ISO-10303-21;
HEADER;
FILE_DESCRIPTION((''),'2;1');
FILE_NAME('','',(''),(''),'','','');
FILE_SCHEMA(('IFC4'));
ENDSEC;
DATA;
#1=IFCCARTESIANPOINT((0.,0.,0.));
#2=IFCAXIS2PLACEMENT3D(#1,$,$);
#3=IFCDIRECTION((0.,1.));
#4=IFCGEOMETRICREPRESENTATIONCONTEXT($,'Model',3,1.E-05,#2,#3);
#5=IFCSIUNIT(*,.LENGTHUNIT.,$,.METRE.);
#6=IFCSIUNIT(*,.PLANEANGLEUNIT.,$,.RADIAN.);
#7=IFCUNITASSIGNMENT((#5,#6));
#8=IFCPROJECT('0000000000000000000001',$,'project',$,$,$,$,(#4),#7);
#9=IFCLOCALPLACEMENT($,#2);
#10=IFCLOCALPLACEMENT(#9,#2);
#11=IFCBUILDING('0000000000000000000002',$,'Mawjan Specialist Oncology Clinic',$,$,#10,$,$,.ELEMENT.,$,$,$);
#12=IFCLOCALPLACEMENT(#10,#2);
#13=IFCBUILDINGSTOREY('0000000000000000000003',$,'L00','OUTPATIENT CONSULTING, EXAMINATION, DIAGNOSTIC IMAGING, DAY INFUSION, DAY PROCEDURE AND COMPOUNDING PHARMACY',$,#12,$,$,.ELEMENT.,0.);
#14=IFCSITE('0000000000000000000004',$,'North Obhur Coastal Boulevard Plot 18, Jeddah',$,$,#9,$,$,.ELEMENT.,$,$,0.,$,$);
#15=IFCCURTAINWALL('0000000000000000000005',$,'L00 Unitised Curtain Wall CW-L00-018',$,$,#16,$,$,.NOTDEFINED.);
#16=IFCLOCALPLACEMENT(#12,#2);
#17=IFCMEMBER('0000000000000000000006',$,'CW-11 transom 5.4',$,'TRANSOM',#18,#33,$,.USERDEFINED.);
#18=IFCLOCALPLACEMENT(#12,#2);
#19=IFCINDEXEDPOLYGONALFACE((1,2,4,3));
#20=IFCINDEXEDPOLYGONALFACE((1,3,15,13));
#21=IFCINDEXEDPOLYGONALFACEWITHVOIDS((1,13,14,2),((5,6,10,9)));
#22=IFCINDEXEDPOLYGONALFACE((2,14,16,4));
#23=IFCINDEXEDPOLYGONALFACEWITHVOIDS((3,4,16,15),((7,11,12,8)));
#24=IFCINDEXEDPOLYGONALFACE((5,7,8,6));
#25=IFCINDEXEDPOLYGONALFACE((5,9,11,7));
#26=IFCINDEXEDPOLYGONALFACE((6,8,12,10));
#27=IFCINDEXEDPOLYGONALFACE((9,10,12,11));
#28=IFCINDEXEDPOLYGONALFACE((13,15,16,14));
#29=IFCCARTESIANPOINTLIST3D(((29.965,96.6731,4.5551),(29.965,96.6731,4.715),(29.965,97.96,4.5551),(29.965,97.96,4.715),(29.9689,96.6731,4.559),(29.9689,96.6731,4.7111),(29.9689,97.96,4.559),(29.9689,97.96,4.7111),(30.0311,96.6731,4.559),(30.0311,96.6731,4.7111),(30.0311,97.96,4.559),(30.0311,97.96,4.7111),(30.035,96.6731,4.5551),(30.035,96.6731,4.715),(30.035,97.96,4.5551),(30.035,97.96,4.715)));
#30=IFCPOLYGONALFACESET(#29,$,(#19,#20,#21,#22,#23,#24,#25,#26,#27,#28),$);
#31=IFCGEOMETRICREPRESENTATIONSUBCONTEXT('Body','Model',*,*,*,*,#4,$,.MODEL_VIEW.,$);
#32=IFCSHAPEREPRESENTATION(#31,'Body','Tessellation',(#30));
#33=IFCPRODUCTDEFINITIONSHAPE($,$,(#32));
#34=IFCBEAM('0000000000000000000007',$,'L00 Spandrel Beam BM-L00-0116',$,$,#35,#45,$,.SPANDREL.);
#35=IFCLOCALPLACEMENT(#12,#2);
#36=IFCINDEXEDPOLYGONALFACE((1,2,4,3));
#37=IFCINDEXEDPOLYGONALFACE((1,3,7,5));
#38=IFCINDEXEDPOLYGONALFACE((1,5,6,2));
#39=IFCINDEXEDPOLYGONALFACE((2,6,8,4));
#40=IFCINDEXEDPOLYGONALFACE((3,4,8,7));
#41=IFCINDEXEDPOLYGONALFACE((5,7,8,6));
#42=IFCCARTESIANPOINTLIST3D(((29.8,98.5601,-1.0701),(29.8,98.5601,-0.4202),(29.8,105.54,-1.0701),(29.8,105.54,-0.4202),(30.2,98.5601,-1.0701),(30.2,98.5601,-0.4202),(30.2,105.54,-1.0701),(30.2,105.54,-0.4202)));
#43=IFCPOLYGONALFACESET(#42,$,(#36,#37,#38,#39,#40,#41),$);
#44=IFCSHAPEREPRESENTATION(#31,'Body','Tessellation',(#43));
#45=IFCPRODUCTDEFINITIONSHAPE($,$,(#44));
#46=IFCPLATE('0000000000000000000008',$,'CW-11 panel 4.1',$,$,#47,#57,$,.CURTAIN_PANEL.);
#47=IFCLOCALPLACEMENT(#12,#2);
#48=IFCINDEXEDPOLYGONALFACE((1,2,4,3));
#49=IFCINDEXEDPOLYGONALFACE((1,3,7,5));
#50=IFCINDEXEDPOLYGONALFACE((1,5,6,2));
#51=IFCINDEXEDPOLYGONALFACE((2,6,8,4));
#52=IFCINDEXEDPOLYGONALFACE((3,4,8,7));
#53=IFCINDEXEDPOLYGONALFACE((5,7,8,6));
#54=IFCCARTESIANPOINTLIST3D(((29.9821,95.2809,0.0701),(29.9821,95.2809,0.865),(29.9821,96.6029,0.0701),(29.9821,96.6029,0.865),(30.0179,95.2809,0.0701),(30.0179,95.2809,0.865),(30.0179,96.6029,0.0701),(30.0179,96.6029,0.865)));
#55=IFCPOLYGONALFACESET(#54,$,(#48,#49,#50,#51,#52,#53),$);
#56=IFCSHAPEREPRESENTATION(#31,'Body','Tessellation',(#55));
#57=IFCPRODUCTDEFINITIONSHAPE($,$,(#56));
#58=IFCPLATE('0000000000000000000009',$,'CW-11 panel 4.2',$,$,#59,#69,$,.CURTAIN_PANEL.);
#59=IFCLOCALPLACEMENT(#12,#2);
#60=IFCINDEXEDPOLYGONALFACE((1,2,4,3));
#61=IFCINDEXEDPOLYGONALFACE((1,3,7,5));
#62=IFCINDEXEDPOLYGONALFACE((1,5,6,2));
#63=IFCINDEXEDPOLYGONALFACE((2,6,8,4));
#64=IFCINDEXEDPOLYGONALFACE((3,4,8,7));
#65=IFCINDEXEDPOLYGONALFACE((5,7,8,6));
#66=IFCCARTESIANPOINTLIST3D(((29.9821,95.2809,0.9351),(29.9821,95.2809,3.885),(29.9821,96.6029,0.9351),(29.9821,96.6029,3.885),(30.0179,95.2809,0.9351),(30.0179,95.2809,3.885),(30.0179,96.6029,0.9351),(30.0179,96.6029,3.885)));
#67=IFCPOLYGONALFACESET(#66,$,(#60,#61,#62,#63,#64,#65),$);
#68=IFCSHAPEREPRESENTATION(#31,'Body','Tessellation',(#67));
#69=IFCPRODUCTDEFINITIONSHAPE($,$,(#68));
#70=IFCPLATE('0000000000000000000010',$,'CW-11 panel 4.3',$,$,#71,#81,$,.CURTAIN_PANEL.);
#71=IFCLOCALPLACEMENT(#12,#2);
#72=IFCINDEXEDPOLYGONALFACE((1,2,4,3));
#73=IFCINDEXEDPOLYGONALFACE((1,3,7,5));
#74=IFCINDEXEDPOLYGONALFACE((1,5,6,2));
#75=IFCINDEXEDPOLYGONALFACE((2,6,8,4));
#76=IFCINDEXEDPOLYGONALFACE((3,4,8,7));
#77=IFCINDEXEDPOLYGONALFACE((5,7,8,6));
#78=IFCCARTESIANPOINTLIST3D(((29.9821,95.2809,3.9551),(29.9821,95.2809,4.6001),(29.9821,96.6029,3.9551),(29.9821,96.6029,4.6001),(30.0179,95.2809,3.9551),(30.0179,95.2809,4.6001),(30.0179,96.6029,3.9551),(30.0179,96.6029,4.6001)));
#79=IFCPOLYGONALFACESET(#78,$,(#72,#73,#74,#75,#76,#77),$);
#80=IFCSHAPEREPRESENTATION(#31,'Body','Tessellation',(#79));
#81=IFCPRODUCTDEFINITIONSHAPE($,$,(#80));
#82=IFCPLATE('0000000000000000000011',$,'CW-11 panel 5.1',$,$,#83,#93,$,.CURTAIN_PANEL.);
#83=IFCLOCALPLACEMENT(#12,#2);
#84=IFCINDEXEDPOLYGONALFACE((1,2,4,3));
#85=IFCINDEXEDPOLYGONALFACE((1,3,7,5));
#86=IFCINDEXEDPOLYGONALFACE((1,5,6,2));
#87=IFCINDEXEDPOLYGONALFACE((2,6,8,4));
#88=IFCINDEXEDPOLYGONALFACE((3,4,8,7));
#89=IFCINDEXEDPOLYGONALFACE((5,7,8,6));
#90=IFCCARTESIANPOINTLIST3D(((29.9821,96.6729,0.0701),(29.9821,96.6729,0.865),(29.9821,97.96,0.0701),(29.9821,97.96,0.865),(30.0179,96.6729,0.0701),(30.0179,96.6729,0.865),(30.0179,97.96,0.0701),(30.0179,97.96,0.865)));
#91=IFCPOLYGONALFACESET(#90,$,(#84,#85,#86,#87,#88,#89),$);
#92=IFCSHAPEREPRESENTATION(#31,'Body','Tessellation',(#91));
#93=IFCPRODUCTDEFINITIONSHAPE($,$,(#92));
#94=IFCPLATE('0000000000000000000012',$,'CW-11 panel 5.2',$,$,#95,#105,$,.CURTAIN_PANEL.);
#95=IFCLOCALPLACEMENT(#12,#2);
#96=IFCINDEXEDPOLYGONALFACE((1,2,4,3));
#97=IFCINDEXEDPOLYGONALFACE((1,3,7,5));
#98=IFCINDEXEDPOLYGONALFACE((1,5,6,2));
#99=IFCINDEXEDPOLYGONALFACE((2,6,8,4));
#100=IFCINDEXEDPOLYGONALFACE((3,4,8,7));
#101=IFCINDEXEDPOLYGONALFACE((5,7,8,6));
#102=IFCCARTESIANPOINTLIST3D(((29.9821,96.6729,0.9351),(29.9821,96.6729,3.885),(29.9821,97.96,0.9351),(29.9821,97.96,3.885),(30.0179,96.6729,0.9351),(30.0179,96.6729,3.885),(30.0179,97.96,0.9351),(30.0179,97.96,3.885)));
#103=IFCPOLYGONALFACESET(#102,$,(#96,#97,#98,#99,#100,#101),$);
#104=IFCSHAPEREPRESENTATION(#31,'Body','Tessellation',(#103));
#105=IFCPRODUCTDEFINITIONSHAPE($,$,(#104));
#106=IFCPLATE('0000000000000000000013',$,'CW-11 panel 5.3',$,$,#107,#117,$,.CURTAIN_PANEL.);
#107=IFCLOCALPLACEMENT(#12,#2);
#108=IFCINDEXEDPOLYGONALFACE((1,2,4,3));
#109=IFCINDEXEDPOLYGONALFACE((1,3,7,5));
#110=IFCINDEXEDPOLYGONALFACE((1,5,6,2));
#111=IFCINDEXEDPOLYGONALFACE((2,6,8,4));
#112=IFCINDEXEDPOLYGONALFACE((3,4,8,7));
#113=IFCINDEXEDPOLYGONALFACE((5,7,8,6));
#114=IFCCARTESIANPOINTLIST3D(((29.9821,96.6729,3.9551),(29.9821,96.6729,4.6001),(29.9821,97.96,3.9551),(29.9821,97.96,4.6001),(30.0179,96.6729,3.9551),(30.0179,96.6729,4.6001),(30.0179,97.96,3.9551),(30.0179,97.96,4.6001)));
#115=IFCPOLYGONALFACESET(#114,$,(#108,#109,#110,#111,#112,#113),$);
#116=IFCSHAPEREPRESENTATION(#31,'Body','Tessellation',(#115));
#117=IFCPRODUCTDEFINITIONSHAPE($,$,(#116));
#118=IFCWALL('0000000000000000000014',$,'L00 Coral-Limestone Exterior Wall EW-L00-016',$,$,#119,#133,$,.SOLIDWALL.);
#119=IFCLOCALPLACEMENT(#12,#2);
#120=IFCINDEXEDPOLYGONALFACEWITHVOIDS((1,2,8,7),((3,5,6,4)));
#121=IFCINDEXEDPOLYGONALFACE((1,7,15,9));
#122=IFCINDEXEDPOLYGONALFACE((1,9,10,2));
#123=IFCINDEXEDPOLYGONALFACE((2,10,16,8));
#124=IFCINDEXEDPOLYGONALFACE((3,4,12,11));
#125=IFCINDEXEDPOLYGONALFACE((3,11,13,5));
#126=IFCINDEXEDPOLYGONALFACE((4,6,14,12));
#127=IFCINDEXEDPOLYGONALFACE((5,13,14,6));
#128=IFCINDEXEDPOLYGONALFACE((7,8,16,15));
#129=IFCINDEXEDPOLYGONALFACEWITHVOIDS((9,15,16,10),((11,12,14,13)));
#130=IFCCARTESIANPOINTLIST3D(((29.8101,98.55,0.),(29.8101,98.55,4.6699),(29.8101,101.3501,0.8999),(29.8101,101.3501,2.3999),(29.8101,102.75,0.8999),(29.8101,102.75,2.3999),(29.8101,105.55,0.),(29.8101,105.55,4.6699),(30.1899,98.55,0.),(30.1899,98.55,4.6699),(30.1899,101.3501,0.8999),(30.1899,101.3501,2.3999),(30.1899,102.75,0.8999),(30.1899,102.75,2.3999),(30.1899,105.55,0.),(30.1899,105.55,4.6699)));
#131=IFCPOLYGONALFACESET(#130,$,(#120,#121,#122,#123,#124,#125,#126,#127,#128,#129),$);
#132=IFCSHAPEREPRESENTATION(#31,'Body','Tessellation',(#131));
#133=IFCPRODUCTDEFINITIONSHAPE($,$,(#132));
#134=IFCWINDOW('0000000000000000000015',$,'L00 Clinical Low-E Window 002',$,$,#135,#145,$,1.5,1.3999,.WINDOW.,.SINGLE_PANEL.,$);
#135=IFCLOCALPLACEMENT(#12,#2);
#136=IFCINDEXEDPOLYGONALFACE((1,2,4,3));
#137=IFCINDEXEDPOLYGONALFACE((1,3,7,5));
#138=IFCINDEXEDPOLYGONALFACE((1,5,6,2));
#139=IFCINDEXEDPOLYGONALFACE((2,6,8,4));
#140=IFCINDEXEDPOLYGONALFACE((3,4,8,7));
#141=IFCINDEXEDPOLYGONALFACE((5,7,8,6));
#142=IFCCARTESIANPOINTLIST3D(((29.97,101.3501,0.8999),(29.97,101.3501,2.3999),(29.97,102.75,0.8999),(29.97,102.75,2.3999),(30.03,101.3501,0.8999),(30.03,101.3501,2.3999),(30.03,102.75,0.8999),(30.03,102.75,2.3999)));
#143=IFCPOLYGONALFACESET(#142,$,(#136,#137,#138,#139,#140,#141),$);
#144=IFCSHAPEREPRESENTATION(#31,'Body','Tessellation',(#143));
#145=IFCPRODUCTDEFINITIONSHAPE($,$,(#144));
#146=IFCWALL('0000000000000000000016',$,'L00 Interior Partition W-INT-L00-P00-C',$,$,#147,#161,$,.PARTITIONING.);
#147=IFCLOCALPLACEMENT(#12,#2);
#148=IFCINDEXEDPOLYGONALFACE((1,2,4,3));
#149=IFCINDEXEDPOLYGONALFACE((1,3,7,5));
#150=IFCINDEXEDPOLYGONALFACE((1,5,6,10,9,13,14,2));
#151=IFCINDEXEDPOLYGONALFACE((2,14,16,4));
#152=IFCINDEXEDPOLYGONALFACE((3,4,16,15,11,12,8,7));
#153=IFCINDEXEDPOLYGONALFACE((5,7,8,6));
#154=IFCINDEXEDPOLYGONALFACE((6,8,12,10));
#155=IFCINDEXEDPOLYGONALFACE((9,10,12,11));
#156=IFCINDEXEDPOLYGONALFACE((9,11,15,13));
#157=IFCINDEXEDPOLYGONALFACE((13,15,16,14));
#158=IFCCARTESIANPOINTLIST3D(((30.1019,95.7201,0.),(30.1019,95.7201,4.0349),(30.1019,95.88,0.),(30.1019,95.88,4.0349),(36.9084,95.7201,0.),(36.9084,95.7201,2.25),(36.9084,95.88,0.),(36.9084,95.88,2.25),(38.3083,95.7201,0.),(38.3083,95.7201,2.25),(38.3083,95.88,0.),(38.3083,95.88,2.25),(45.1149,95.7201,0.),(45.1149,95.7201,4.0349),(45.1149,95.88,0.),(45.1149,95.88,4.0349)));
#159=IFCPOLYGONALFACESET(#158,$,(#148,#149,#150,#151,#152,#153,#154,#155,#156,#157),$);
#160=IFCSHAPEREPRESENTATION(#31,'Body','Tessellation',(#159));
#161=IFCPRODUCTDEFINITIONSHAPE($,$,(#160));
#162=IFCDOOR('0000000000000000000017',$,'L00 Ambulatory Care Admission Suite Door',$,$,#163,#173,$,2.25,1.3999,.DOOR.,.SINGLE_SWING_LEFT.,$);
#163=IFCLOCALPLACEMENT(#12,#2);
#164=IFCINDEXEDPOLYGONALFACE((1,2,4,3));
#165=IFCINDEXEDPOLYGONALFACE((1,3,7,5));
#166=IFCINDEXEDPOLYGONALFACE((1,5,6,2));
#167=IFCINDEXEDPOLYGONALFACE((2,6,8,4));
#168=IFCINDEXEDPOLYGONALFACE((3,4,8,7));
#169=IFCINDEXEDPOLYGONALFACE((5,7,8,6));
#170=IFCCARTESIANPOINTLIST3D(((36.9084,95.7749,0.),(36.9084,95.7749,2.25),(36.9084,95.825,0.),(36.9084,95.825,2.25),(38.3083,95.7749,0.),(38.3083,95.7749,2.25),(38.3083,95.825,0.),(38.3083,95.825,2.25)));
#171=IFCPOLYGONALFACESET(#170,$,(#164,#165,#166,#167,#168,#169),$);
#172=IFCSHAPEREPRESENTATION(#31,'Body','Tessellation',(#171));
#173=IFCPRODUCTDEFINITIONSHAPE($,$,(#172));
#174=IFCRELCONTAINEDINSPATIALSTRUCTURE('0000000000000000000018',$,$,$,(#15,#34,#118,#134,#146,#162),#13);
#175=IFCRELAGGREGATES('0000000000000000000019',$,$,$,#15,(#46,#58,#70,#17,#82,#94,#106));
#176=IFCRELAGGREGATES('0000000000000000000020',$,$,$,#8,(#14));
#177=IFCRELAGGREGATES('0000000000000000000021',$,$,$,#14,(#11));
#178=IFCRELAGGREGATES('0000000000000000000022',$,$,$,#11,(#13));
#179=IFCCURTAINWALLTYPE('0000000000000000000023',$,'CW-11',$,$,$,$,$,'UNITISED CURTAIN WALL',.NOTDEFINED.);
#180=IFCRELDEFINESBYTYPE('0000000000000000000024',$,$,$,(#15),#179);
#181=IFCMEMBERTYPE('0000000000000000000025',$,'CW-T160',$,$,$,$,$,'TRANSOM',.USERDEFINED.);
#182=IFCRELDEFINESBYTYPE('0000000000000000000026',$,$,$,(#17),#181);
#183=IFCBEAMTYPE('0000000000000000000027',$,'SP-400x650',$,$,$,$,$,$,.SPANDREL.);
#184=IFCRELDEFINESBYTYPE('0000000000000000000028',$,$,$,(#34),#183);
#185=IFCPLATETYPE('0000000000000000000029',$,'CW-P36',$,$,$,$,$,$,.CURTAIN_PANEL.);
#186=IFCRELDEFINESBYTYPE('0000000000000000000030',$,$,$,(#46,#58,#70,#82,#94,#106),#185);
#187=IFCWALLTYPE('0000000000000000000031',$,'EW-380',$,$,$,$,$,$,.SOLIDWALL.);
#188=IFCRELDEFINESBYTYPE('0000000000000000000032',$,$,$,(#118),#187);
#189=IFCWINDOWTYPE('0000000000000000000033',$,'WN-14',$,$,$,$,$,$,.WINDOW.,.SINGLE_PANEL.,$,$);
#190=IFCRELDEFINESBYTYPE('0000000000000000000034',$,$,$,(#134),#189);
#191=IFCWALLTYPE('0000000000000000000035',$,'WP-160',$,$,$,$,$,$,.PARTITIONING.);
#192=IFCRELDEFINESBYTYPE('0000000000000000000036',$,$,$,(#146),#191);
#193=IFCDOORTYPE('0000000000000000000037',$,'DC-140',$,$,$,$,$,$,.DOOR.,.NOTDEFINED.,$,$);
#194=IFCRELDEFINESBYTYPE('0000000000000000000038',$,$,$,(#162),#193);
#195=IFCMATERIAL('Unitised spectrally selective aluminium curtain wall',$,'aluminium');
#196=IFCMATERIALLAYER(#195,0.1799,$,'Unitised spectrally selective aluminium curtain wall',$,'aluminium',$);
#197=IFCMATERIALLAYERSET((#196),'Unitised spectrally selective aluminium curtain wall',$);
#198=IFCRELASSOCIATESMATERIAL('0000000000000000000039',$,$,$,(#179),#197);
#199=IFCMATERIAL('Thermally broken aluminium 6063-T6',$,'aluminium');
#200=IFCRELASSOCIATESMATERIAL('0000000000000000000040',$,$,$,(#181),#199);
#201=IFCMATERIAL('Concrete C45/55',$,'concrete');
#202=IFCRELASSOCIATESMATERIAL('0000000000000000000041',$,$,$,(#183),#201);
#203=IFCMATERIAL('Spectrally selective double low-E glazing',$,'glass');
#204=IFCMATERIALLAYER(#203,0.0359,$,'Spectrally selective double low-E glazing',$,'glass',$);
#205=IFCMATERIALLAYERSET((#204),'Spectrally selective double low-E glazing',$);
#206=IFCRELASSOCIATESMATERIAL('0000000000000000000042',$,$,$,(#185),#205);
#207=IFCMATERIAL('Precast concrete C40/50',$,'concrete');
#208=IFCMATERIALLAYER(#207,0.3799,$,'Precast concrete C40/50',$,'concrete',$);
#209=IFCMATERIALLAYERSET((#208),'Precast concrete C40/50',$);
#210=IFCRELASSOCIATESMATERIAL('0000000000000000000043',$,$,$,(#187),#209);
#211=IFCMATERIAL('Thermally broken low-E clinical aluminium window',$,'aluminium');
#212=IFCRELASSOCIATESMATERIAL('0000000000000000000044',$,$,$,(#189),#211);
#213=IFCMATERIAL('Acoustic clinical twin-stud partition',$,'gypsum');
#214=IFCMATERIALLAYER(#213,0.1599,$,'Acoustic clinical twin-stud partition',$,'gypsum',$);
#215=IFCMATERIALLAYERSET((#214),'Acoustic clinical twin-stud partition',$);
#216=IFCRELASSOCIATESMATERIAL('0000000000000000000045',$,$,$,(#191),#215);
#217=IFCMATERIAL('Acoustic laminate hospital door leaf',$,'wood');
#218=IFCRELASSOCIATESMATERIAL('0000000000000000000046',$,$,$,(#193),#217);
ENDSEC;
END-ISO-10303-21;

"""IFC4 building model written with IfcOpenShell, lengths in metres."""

from ifc_helpers import new_model, si_unit, direction, frame, frame_2d, origin, origin_2d, place, context, subcontext, project, spatial, rectangle, hollow_rectangle, extrude, material, layer, layer_set, material_profile, profile_set, type_object, element, fill, aggregate, save


model = new_model("IFC4")

# Units and contexts
model_context = context("Model", 3, precision=1e-05, world=origin(), true_north=direction((0.0, 1.0)))
body_context = subcontext(model_context, "Body", "Model", "MODEL_VIEW")
ifc_project = project(units=[si_unit("LENGTHUNIT", "METRE"), si_unit("PLANEANGLEUNIT", "RADIAN")], contexts=[model_context])

# Site, building, storey
site_placement = place(None, origin())
site = spatial("IfcSite", under=ifc_project, at=site_placement, Name="North Obhur Coastal Boulevard Plot 18, Jeddah", CompositionType="ELEMENT", RefElevation=0.0)
building_placement = place(site_placement, origin())
building = spatial("IfcBuilding", under=site, at=building_placement, Name="Mawjan Specialist Oncology Clinic", CompositionType="ELEMENT")
storey_placement = place(building_placement, origin())
storey = spatial("IfcBuildingStorey", under=building, at=storey_placement, Name="L00", Description="OUTPATIENT CONSULTING, EXAMINATION, DIAGNOSTIC IMAGING, DAY INFUSION, DAY PROCEDURE AND COMPOUNDING PHARMACY", CompositionType="ELEMENT", Elevation=0.0)

# Curtain wall, member
ifc_material_1 = material(Name="Unitised spectrally selective aluminium curtain wall", Category="aluminium")
ifc_layer_1 = layer(ifc_material_1, 0.1799, Name="Unitised spectrally selective aluminium curtain wall", Category="aluminium")
ifc_layer_set_1 = layer_set([ifc_layer_1], Name="Unitised spectrally selective aluminium curtain wall")
curtain_wall_type = type_object("IfcCurtainWallType", Name="CW-11", ElementType="UNITISED CURTAIN WALL", PredefinedType="NOTDEFINED", material=ifc_layer_set_1)
curtain_wall_placement = place(storey_placement, origin())
curtain_wall = element("IfcCurtainWall", 1, at=curtain_wall_placement, inside=storey, type_object=curtain_wall_type, Name="L00 Unitised Curtain Wall CW-L00-018", PredefinedType="NOTDEFINED")
ifc_material_2 = material(Name="Thermally broken aluminium 6063-T6", Category="aluminium")
ifc_material_profile_1 = material_profile(ifc_material_2, hollow_rectangle(XDim=0.0701, YDim=0.1599, WallThickness=0.0039, at=origin_2d()), Name="ALU TRANSOM 160x70x4", Category="aluminium")
ifc_profile_set_1 = profile_set([ifc_material_profile_1], Name="Thermally broken aluminium 6063-T6")
member_type_1 = type_object("IfcMemberType", Name="CW-T160", ElementType="TRANSOM", PredefinedType="USERDEFINED", material=ifc_profile_set_1)
member_1_placement = place(storey_placement, frame((30.0, 96.6731, 4.635), z_axis=(0.0, 1.0, 0.0), x_axis=(-1.0, 0.0, 0.0)))
member_1 = element("IfcMember", 2, at=member_1_placement, type_object=member_type_1, Name="CW-11 transom 5.4", ObjectType="TRANSOM", PredefinedType="USERDEFINED", context=body_context, shape_type="SweptSolid", body=[
    extrude(hollow_rectangle(XDim=0.0701, YDim=0.1599, WallThickness=0.0039, at=origin_2d()), origin(), (0.0, 0.0, 1.0), 1.2869),
])

# Beam
ifc_material_3 = material(Name="Concrete C45/55", Category="concrete")
ifc_material_profile_2 = material_profile(ifc_material_3, rectangle(XDim=0.3999, YDim=0.6499, at=origin_2d()), Name="RC BM 400x650", Category="concrete")
ifc_profile_set_2 = profile_set([ifc_material_profile_2], Name="Concrete C45/55")
beam_type_1 = type_object("IfcBeamType", Name="SP-400x650", PredefinedType="SPANDREL", material=ifc_profile_set_2)
beam_placement = place(storey_placement, frame((30.0, 98.5601, -0.7451), z_axis=(0.0, 1.0, 0.0), x_axis=(-1.0, 0.0, 0.0)))
element("IfcBeam", 3, at=beam_placement, inside=storey, type_object=beam_type_1, Name="L00 Spandrel Beam BM-L00-0116", PredefinedType="SPANDREL", context=body_context, shape_type="SweptSolid", body=[
    extrude(rectangle(XDim=0.3999, YDim=0.6499, at=origin_2d()), origin(), (0.0, 0.0, 1.0), 6.98),
])

# Plates
ifc_material_4 = material(Name="Spectrally selective double low-E glazing", Category="glass")
ifc_layer_2 = layer(ifc_material_4, 0.0359, Name="Spectrally selective double low-E glazing", Category="glass")
ifc_layer_set_2 = layer_set([ifc_layer_2], Name="Spectrally selective double low-E glazing")
plate_type = type_object("IfcPlateType", Name="CW-P36", PredefinedType="CURTAIN_PANEL", material=ifc_layer_set_2)
plate_1_placement = place(storey_placement, frame((30.0, 95.9419, 0.0701), z_axis=(0.0, 0.0, 1.0), x_axis=(0.0, 1.0, 0.0)))
plate_1 = element("IfcPlate", 4, at=plate_1_placement, type_object=plate_type, Name="CW-11 panel 4.1", PredefinedType="CURTAIN_PANEL", context=body_context, shape_type="SweptSolid", body=[
    extrude(rectangle(XDim=1.322, YDim=0.0359, at=origin_2d()), origin(), (0.0, 0.0, 1.0), 0.7949),
])
plate_2_placement = place(storey_placement, frame((30.0, 95.9419, 0.9351), z_axis=(0.0, 0.0, 1.0), x_axis=(0.0, 1.0, 0.0)))
plate_2 = element("IfcPlate", 5, at=plate_2_placement, type_object=plate_type, Name="CW-11 panel 4.2", PredefinedType="CURTAIN_PANEL", context=body_context, shape_type="SweptSolid", body=[
    extrude(rectangle(XDim=1.322, YDim=0.0359, at=origin_2d()), origin(), (0.0, 0.0, 1.0), 2.95),
])
plate_3_placement = place(storey_placement, frame((30.0, 95.9419, 3.9551), z_axis=(0.0, 0.0, 1.0), x_axis=(0.0, 1.0, 0.0)))
plate_3 = element("IfcPlate", 6, at=plate_3_placement, type_object=plate_type, Name="CW-11 panel 4.3", PredefinedType="CURTAIN_PANEL", context=body_context, shape_type="SweptSolid", body=[
    extrude(rectangle(XDim=1.322, YDim=0.0359, at=origin_2d()), origin(), (0.0, 0.0, 1.0), 0.645),
])
plate_4_placement = place(storey_placement, frame((30.0, 97.3164, 0.0701), z_axis=(0.0, 0.0, 1.0), x_axis=(0.0, 1.0, 0.0)))
plate_4 = element("IfcPlate", 7, at=plate_4_placement, type_object=plate_type, Name="CW-11 panel 5.1", PredefinedType="CURTAIN_PANEL", context=body_context, shape_type="SweptSolid", body=[
    extrude(rectangle(XDim=1.2871, YDim=0.0359, at=origin_2d()), origin(), (0.0, 0.0, 1.0), 0.7949),
])
plate_5_placement = place(storey_placement, frame((30.0, 97.3164, 0.9351), z_axis=(0.0, 0.0, 1.0), x_axis=(0.0, 1.0, 0.0)))
plate_5 = element("IfcPlate", 8, at=plate_5_placement, type_object=plate_type, Name="CW-11 panel 5.2", PredefinedType="CURTAIN_PANEL", context=body_context, shape_type="SweptSolid", body=[
    extrude(rectangle(XDim=1.2871, YDim=0.0359, at=origin_2d()), origin(), (0.0, 0.0, 1.0), 2.95),
])
plate_6_placement = place(storey_placement, frame((30.0, 97.3164, 3.9551), z_axis=(0.0, 0.0, 1.0), x_axis=(0.0, 1.0, 0.0)))
plate_6 = element("IfcPlate", 9, at=plate_6_placement, type_object=plate_type, Name="CW-11 panel 5.3", PredefinedType="CURTAIN_PANEL", context=body_context, shape_type="SweptSolid", body=[
    extrude(rectangle(XDim=1.2871, YDim=0.0359, at=origin_2d()), origin(), (0.0, 0.0, 1.0), 0.645),
])
aggregate(curtain_wall, [plate_1, plate_2, plate_3, member_1, plate_4, plate_5, plate_6])

# Wall, opening, window
ifc_material_5 = material(Name="Precast concrete C40/50", Category="concrete")
ifc_layer_3 = layer(ifc_material_5, 0.3799, Name="Precast concrete C40/50", Category="concrete")
ifc_layer_set_3 = layer_set([ifc_layer_3], Name="Precast concrete C40/50")
wall_type_1 = type_object("IfcWallType", Name="EW-380", PredefinedType="SOLIDWALL", material=ifc_layer_set_3)
wall_1_placement = place(storey_placement, frame((30.0, 98.55, 0.0), z_axis=(0.0, 0.0, 1.0), x_axis=(0.0, 1.0, 0.0)))
wall_1 = element("IfcWall", 10, at=wall_1_placement, inside=storey, type_object=wall_type_1, Name="L00 Coral-Limestone Exterior Wall EW-L00-016", PredefinedType="SOLIDWALL", context=body_context, shape_type="SweptSolid", body=[
    extrude(rectangle(XDim=7.0, YDim=0.3799, at=frame_2d((3.5, 0.0))), origin(), (0.0, 0.0, 1.0), 4.6699),
])
opening_1_placement = place(wall_1_placement, frame((2.8, 0.0, 0.8999)))
opening_1 = element("IfcOpeningElement", 11, at=opening_1_placement, cuts=wall_1, PredefinedType="OPENING", context=body_context, shape_type="SweptSolid", body=[
    extrude(rectangle(XDim=1.3999, YDim=1.5, at=frame_2d((0.7, 0.75))), frame((0.0, 0.2019, 0.0), z_axis=(0.0, -1.0, 0.0), x_axis=(1.0, 0.0, 0.0)), (0.0, 0.0, 1.0), 0.4038),
])
ifc_material_6 = material(Name="Thermally broken low-E clinical aluminium window", Category="aluminium")
window_type = type_object("IfcWindowType", Name="WN-14", PartitioningType="SINGLE_PANEL", PredefinedType="WINDOW", material=ifc_material_6)
window_placement = place(opening_1_placement, origin())
window = element("IfcWindow", 12, at=window_placement, inside=storey, type_object=window_type, Name="L00 Clinical Low-E Window 002", OverallHeight=1.5, OverallWidth=1.3999, PartitioningType="SINGLE_PANEL", PredefinedType="WINDOW", context=body_context, shape_type="SweptSolid", body=[
    extrude(rectangle(XDim=1.3999, YDim=1.5, at=frame_2d((0.7, 0.75))), frame((0.0, 0.03, 0.0), z_axis=(0.0, -1.0, 0.0), x_axis=(1.0, 0.0, 0.0)), (0.0, 0.0, 1.0), 0.0601),
])
fill(opening_1, window)

# Wall, opening, door
ifc_material_7 = material(Name="Acoustic clinical twin-stud partition", Category="gypsum")
ifc_layer_4 = layer(ifc_material_7, 0.1599, Name="Acoustic clinical twin-stud partition", Category="gypsum")
ifc_layer_set_4 = layer_set([ifc_layer_4], Name="Acoustic clinical twin-stud partition")
wall_type_2 = type_object("IfcWallType", Name="WP-160", PredefinedType="PARTITIONING", material=ifc_layer_set_4)
wall_2_placement = place(storey_placement, frame((30.1021, 95.8, 0.0), z_axis=(0.0, 0.0, 1.0), x_axis=(1.0, 0.0, 0.0)))
wall_2 = element("IfcWall", 13, at=wall_2_placement, inside=storey, type_object=wall_type_2, Name="L00 Interior Partition W-INT-L00-P00-C", PredefinedType="PARTITIONING", context=body_context, shape_type="SweptSolid", body=[
    extrude(rectangle(XDim=15.0129, YDim=0.1599, at=frame_2d((7.5063, 0.0))), origin(), (0.0, 0.0, 1.0), 4.0349),
])
opening_2_placement = place(wall_2_placement, frame((6.8064, 0.0, 0.0)))
opening_2 = element("IfcOpeningElement", 14, at=opening_2_placement, cuts=wall_2, PredefinedType="OPENING", context=body_context, shape_type="SweptSolid", body=[
    extrude(rectangle(XDim=1.3999, YDim=2.25, at=frame_2d((0.7, 1.125))), frame((0.0, 0.092, 0.0), z_axis=(0.0, -1.0, 0.0), x_axis=(1.0, 0.0, 0.0)), (0.0, 0.0, 1.0), 0.1838),
])
ifc_material_8 = material(Name="Acoustic laminate hospital door leaf", Category="wood")
door_type = type_object("IfcDoorType", Name="DC-140", OperationType="NOTDEFINED", PredefinedType="DOOR", material=ifc_material_8)
door_placement = place(opening_2_placement, origin())
door = element("IfcDoor", 15, at=door_placement, inside=storey, type_object=door_type, Name="L00 Ambulatory Care Admission Suite Door", OperationType="SINGLE_SWING_LEFT", OverallHeight=2.25, OverallWidth=1.3999, PredefinedType="DOOR", context=body_context, shape_type="SweptSolid", body=[
    extrude(rectangle(XDim=1.3999, YDim=2.25, at=frame_2d((0.7, 1.125))), frame((0.0, 0.0249, 0.0), z_axis=(0.0, -1.0, 0.0), x_axis=(1.0, 0.0, 0.0)), (0.0, 0.0, 1.0), 0.05),
])
fill(opening_2, door)

save(model, "model.ifc")
